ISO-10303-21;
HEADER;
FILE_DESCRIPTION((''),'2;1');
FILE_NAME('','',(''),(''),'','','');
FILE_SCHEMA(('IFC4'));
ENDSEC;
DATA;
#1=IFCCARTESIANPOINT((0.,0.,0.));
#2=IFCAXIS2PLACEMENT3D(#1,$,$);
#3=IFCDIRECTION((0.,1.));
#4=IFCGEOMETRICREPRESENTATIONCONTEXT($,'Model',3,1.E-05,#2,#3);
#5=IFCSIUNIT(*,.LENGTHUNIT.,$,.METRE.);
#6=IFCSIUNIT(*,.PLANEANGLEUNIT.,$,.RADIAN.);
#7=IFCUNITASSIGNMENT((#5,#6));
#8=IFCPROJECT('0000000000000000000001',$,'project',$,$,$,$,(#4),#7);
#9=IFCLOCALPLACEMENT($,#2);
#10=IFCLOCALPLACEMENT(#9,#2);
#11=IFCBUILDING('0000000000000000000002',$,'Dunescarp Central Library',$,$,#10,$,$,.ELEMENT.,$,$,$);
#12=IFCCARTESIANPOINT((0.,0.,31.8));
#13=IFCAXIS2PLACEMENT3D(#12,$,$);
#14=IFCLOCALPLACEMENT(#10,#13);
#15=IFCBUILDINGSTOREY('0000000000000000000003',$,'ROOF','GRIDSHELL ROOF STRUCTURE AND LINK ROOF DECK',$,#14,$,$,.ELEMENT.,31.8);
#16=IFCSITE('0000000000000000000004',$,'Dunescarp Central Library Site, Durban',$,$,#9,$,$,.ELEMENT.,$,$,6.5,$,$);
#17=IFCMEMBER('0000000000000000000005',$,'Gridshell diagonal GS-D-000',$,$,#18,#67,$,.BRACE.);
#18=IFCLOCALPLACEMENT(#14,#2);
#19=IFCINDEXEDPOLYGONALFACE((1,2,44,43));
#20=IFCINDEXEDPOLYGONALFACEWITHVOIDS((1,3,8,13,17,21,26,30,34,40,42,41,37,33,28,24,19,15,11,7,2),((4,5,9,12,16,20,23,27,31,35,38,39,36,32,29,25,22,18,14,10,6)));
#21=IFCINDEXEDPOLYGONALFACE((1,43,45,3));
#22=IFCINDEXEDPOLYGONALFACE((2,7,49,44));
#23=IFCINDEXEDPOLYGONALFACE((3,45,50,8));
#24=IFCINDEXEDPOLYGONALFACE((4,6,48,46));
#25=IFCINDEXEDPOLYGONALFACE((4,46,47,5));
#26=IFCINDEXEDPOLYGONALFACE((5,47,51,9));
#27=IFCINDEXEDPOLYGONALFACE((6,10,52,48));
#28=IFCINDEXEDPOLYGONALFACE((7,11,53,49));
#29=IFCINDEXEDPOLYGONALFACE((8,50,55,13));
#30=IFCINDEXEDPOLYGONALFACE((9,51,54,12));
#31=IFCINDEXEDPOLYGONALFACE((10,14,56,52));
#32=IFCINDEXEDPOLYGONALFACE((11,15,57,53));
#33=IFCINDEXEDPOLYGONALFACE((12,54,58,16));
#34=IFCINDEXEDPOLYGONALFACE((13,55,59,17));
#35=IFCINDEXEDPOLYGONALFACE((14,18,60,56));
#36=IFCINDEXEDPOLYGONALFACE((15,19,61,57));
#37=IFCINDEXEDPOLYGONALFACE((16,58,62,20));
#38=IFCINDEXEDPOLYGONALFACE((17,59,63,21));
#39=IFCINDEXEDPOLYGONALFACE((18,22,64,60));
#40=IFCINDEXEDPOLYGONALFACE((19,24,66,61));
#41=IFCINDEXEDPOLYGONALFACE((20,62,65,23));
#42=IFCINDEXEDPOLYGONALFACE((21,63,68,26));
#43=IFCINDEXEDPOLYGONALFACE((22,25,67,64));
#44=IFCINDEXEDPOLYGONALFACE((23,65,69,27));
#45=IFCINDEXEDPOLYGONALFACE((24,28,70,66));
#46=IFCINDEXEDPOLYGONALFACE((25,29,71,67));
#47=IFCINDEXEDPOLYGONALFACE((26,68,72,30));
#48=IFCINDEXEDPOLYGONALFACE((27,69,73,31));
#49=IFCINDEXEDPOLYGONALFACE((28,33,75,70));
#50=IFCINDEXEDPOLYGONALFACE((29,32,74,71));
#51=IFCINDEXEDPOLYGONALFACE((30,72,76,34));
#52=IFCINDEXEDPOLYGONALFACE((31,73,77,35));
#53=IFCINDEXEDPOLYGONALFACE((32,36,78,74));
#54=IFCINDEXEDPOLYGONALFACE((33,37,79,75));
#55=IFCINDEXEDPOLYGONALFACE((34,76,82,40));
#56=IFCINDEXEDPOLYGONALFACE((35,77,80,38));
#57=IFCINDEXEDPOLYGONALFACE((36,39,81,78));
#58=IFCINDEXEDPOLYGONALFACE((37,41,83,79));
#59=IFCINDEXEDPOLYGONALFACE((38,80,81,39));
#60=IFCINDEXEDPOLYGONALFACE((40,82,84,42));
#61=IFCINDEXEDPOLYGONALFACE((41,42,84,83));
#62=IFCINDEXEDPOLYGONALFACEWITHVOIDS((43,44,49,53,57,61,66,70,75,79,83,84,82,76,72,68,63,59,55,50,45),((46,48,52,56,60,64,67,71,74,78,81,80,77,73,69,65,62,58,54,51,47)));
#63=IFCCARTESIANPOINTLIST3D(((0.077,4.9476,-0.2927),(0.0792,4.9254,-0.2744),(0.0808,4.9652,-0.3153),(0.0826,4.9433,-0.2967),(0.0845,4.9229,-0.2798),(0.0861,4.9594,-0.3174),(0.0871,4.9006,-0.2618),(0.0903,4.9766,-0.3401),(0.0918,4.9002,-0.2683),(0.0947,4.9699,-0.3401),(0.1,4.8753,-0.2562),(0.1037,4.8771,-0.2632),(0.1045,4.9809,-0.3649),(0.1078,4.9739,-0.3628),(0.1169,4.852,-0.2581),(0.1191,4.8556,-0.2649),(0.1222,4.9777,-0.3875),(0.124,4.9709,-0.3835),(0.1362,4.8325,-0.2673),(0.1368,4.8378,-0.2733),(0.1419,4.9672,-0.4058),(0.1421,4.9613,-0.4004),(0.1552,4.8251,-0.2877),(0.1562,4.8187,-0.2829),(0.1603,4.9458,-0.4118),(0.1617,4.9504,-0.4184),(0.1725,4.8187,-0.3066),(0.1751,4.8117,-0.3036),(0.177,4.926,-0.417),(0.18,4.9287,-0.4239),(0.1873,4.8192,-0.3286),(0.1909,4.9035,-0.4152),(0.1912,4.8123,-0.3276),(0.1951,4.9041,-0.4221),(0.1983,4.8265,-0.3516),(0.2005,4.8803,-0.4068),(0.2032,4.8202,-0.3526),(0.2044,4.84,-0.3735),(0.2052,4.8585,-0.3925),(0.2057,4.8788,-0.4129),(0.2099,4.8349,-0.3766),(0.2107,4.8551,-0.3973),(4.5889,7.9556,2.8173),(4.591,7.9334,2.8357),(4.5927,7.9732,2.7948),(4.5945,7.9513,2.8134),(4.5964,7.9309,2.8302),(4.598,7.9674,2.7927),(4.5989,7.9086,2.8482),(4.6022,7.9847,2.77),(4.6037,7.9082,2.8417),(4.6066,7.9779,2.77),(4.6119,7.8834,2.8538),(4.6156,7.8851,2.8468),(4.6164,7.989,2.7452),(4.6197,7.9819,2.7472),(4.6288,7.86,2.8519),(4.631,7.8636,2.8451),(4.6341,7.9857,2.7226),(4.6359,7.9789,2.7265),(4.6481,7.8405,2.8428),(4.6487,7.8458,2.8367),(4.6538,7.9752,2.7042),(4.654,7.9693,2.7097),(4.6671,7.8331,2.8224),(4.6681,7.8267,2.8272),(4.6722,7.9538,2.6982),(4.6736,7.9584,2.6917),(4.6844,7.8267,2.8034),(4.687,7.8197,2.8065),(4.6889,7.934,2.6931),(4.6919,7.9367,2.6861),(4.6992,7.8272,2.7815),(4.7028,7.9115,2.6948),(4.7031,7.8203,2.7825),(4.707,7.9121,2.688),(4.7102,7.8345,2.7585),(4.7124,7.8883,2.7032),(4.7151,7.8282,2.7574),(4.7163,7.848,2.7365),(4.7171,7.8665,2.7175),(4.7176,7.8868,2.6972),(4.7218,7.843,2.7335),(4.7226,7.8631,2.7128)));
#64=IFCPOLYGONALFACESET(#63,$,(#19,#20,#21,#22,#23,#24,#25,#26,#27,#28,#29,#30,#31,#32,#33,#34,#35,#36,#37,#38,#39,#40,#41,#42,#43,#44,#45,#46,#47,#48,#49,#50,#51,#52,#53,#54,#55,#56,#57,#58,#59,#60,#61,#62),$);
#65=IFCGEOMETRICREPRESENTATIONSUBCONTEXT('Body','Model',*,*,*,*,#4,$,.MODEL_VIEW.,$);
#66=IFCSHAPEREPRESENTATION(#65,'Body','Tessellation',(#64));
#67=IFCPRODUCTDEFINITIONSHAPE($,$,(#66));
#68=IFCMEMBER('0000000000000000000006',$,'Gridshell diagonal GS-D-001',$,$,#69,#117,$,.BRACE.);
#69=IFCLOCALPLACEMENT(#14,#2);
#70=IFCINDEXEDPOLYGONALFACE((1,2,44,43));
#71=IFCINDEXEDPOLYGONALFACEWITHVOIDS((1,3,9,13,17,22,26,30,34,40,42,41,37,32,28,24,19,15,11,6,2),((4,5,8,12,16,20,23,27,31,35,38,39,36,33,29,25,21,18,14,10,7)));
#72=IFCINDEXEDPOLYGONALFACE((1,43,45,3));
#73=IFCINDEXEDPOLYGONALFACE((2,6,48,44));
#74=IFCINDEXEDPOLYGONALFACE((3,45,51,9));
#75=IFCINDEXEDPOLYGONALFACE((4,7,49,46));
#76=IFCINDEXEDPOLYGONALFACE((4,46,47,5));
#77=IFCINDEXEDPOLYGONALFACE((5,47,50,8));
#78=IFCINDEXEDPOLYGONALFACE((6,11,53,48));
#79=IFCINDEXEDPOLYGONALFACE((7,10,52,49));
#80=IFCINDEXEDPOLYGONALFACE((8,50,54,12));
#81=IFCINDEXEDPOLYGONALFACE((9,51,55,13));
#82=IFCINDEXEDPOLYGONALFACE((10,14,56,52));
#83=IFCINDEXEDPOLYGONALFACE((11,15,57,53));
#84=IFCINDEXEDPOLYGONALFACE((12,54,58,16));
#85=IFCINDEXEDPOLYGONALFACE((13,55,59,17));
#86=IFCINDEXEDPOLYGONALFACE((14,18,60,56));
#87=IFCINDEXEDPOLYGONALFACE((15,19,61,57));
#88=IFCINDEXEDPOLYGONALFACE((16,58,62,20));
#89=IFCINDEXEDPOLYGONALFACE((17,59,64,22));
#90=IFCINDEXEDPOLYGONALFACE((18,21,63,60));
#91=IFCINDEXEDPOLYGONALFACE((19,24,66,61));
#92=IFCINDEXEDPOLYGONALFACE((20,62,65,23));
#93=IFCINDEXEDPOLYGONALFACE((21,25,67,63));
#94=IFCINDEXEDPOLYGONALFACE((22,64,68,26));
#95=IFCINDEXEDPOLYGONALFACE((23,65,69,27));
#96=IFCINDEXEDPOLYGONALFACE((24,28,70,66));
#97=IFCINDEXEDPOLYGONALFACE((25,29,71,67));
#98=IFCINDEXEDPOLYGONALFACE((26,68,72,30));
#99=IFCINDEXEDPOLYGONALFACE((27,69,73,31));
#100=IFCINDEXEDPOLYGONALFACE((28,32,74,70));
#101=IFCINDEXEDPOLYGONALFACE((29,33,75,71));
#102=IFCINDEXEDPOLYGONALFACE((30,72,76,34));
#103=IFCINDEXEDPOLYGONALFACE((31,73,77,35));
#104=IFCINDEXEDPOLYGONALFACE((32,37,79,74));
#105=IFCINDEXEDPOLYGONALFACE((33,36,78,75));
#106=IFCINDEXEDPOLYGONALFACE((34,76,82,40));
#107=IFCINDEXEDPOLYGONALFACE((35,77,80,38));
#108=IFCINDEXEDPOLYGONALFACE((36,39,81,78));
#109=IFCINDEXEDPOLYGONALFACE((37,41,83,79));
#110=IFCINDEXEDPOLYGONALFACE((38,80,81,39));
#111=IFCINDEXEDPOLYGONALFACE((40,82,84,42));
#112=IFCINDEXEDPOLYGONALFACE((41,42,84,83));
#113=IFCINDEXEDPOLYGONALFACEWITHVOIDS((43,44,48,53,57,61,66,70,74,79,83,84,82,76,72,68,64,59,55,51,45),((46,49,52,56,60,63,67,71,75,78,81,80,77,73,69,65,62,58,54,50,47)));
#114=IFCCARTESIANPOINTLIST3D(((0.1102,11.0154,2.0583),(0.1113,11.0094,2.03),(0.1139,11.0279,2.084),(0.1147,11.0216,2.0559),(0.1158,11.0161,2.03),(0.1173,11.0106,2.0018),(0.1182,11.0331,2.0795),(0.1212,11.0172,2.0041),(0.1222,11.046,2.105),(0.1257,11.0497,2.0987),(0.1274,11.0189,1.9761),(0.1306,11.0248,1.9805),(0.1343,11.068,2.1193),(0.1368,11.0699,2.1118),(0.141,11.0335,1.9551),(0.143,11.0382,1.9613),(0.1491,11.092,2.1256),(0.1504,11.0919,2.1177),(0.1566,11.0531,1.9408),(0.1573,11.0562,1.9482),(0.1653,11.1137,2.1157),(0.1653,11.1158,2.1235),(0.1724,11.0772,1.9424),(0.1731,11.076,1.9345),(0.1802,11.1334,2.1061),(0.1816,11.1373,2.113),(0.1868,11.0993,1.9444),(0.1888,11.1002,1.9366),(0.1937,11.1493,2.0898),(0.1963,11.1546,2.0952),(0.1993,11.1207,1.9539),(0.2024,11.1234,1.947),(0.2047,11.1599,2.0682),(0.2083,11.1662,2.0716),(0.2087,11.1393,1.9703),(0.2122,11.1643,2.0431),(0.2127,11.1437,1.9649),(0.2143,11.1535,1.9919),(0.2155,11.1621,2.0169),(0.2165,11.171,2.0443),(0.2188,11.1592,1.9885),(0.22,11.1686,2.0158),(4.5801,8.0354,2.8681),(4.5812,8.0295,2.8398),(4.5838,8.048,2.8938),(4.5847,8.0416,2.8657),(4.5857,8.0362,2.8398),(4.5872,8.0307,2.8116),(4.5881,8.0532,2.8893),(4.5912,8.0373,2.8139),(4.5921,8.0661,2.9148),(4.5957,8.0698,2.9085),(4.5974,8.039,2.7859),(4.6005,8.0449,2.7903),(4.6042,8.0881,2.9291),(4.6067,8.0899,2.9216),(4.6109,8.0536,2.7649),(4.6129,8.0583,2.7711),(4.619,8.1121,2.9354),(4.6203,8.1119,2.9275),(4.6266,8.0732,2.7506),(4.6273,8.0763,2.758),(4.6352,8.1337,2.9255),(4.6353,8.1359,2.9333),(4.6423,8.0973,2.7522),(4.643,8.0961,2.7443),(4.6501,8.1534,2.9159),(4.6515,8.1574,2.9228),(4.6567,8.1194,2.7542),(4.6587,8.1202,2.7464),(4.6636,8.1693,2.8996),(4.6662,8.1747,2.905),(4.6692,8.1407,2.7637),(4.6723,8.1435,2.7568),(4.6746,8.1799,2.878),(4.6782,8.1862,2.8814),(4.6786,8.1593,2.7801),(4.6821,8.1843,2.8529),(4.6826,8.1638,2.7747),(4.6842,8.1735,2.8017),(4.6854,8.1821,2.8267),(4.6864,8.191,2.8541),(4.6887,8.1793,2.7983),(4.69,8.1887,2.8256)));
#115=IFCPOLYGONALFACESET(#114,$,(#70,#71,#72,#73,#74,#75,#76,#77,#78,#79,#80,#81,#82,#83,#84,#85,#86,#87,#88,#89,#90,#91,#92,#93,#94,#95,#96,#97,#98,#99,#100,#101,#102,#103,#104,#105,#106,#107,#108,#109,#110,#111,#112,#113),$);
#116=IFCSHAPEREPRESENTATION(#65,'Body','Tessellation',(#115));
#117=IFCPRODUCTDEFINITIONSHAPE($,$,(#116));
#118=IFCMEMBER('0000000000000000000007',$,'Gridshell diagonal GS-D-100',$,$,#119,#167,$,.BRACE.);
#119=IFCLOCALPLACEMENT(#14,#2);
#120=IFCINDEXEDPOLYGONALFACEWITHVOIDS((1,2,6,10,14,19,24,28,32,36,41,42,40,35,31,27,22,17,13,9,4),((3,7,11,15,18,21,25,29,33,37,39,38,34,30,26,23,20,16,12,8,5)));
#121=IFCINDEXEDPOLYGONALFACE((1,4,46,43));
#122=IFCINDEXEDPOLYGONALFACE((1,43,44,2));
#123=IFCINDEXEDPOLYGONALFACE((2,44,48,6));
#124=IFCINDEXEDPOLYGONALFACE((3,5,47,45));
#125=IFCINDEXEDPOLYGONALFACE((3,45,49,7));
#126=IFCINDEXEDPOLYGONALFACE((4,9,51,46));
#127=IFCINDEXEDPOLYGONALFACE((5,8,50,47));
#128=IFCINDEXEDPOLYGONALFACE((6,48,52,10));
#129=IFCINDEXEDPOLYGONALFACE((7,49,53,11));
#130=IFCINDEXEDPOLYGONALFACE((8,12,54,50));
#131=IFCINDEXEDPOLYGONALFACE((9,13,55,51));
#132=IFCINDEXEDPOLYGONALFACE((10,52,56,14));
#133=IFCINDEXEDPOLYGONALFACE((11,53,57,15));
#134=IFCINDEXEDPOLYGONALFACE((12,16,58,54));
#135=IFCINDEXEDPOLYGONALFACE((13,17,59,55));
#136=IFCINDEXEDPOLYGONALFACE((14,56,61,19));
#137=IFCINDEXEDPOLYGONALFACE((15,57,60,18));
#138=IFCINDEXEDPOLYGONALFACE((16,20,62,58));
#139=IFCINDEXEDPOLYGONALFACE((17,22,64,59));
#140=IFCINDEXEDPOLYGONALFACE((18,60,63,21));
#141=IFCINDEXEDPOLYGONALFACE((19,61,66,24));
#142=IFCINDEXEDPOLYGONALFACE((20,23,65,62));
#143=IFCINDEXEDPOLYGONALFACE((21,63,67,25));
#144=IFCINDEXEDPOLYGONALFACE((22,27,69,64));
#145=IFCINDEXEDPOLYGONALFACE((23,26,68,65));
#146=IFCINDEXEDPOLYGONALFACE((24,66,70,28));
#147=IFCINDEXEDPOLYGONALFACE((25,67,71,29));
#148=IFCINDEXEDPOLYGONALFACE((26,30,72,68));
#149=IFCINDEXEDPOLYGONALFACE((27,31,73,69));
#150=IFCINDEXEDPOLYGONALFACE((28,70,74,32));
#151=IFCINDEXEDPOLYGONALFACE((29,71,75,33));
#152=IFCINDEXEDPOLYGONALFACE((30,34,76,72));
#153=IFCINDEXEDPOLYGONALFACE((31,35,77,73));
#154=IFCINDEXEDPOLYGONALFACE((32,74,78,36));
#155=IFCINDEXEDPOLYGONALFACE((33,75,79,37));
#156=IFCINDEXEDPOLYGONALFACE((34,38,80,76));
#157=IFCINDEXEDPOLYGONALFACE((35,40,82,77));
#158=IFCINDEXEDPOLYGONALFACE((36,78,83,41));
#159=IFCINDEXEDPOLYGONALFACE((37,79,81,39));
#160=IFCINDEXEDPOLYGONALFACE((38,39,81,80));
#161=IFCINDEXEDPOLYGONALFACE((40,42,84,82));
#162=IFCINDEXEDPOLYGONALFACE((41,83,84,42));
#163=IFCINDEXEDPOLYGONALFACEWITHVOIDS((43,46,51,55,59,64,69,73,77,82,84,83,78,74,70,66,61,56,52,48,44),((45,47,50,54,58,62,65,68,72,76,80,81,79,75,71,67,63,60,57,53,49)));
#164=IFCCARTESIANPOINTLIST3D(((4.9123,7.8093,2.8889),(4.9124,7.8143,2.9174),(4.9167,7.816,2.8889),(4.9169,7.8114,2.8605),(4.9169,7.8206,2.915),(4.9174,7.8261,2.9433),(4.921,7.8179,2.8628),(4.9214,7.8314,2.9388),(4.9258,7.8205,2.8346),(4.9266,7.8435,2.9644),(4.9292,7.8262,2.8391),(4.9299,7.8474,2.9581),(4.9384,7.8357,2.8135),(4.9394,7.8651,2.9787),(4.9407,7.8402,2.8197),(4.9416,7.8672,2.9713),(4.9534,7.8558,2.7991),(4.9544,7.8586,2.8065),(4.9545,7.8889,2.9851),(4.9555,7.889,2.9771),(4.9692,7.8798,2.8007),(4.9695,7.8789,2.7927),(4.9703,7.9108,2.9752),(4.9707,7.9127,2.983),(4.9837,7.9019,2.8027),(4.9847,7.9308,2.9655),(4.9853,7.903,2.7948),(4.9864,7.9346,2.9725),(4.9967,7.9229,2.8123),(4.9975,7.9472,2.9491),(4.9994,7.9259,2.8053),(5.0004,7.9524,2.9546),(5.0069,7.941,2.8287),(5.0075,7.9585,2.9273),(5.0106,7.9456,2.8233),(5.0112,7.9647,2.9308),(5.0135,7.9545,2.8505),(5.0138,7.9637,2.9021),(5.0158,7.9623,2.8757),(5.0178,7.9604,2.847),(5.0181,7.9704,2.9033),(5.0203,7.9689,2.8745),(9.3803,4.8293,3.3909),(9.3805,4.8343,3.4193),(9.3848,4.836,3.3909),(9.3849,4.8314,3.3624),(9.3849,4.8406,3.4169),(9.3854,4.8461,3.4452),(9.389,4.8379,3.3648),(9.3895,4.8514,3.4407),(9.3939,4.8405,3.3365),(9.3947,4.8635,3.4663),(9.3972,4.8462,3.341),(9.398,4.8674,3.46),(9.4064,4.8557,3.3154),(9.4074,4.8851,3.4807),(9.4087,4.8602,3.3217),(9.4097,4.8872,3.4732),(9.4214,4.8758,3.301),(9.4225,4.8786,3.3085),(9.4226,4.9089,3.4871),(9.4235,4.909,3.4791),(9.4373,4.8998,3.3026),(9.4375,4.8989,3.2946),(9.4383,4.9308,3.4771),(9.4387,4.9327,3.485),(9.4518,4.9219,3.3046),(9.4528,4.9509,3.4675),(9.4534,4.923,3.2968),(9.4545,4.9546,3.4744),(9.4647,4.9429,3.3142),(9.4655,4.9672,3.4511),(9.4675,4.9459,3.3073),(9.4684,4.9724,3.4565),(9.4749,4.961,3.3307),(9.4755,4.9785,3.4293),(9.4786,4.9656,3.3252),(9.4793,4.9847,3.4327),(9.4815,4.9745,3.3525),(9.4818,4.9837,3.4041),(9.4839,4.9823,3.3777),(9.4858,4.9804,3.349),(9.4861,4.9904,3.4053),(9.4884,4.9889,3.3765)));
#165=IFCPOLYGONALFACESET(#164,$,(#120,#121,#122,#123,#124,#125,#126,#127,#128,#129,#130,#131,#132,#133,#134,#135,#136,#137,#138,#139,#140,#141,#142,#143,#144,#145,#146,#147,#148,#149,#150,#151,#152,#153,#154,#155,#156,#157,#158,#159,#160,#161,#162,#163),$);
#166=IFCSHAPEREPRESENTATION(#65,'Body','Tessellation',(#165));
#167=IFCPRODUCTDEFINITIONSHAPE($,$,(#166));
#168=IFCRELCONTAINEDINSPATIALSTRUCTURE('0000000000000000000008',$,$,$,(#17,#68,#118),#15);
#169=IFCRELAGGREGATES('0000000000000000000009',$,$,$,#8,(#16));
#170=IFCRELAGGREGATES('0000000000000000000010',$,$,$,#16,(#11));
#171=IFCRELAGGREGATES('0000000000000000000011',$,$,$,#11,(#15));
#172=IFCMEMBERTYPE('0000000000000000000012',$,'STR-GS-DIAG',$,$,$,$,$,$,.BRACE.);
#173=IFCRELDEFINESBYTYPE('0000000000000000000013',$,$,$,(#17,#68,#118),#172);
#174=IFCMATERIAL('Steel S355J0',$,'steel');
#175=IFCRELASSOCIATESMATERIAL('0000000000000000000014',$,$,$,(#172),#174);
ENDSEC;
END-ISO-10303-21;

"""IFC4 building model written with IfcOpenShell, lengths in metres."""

from ifc_helpers import new_model, si_unit, direction, frame, origin, origin_2d, place, context, subcontext, project, spatial, hollow_circle, extrude, material, material_profile, profile_set, type_object, element, save


model = new_model("IFC4")

# Units and contexts
model_context = context("Model", 3, precision=1e-05, world=origin(), true_north=direction((0.0, 1.0)))
body_context = subcontext(model_context, "Body", "Model", "MODEL_VIEW")
ifc_project = project(units=[si_unit("LENGTHUNIT", "METRE"), si_unit("PLANEANGLEUNIT", "RADIAN")], contexts=[model_context])

# Site, building, storey
site_placement = place(None, origin())
site = spatial("IfcSite", under=ifc_project, at=site_placement, Name="Dunescarp Central Library Site, Durban", CompositionType="ELEMENT", RefElevation=6.5)
building_placement = place(site_placement, origin())
building = spatial("IfcBuilding", under=site, at=building_placement, Name="Dunescarp Central Library", CompositionType="ELEMENT")
storey_placement = place(building_placement, frame((0.0, 0.0, 31.8)))
storey = spatial("IfcBuildingStorey", under=building, at=storey_placement, Name="ROOF", Description="GRIDSHELL ROOF STRUCTURE AND LINK ROOF DECK", CompositionType="ELEMENT", Elevation=31.8)

# Members
ifc_material_1 = material(Name="Steel S355J0", Category="steel")
ifc_material_profile_1 = material_profile(ifc_material_1, hollow_circle(Radius=0.0969, WallThickness=0.0081, at=origin_2d()), Name="CHS 193.7x8")
ifc_profile_set_1 = profile_set([ifc_material_profile_1], Name="Steel S355J0")
member_type_1 = type_object("IfcMemberType", Name="STR-GS-DIAG", PredefinedType="BRACE", material=ifc_profile_set_1)
member_1_placement = place(storey_placement, frame((0.144, 4.896, -0.3401), z_axis=(0.721762, 0.481188, 0.497512), x_axis=(-0.554711, 0.832043, 0.0)))
element("IfcMember", 1, at=member_1_placement, inside=storey, type_object=member_type_1, Name="Gridshell diagonal GS-D-000", PredefinedType="BRACE", context=body_context, shape_type="SweptSolid", body=[
    extrude(hollow_circle(Radius=0.0969, WallThickness=0.0081, at=origin_2d()), origin(), (0.0, 0.0, 1.0), 6.2512),
])
member_2_placement = place(storey_placement, frame((4.635, 8.1101, 2.8398), z_axis=(-0.822755, 0.548503, -0.149057), x_axis=(-0.5547, -0.83205, 0.0)))
element("IfcMember", 2, at=member_2_placement, inside=storey, type_object=member_type_1, Name="Gridshell diagonal GS-D-001", PredefinedType="BRACE", context=body_context, shape_type="SweptSolid", body=[
    extrude(hollow_circle(Radius=0.0969, WallThickness=0.0081, at=origin_2d()), origin(), (0.0, 0.0, 1.0), 5.4329),
])
member_3_placement = place(storey_placement, frame((9.4341, 4.9099, 3.3909), z_axis=(-0.828328, 0.55246, -0.093057), x_axis=(-0.554868, -0.831938, 0.0)))
element("IfcMember", 3, at=member_3_placement, inside=storey, type_object=member_type_1, Name="Gridshell diagonal GS-D-100", PredefinedType="BRACE", context=body_context, shape_type="SweptSolid", body=[
    extrude(hollow_circle(Radius=0.0969, WallThickness=0.0081, at=origin_2d()), origin(), (0.0, 0.0, 1.0), 5.394),
])

save(model, "model.ifc")
